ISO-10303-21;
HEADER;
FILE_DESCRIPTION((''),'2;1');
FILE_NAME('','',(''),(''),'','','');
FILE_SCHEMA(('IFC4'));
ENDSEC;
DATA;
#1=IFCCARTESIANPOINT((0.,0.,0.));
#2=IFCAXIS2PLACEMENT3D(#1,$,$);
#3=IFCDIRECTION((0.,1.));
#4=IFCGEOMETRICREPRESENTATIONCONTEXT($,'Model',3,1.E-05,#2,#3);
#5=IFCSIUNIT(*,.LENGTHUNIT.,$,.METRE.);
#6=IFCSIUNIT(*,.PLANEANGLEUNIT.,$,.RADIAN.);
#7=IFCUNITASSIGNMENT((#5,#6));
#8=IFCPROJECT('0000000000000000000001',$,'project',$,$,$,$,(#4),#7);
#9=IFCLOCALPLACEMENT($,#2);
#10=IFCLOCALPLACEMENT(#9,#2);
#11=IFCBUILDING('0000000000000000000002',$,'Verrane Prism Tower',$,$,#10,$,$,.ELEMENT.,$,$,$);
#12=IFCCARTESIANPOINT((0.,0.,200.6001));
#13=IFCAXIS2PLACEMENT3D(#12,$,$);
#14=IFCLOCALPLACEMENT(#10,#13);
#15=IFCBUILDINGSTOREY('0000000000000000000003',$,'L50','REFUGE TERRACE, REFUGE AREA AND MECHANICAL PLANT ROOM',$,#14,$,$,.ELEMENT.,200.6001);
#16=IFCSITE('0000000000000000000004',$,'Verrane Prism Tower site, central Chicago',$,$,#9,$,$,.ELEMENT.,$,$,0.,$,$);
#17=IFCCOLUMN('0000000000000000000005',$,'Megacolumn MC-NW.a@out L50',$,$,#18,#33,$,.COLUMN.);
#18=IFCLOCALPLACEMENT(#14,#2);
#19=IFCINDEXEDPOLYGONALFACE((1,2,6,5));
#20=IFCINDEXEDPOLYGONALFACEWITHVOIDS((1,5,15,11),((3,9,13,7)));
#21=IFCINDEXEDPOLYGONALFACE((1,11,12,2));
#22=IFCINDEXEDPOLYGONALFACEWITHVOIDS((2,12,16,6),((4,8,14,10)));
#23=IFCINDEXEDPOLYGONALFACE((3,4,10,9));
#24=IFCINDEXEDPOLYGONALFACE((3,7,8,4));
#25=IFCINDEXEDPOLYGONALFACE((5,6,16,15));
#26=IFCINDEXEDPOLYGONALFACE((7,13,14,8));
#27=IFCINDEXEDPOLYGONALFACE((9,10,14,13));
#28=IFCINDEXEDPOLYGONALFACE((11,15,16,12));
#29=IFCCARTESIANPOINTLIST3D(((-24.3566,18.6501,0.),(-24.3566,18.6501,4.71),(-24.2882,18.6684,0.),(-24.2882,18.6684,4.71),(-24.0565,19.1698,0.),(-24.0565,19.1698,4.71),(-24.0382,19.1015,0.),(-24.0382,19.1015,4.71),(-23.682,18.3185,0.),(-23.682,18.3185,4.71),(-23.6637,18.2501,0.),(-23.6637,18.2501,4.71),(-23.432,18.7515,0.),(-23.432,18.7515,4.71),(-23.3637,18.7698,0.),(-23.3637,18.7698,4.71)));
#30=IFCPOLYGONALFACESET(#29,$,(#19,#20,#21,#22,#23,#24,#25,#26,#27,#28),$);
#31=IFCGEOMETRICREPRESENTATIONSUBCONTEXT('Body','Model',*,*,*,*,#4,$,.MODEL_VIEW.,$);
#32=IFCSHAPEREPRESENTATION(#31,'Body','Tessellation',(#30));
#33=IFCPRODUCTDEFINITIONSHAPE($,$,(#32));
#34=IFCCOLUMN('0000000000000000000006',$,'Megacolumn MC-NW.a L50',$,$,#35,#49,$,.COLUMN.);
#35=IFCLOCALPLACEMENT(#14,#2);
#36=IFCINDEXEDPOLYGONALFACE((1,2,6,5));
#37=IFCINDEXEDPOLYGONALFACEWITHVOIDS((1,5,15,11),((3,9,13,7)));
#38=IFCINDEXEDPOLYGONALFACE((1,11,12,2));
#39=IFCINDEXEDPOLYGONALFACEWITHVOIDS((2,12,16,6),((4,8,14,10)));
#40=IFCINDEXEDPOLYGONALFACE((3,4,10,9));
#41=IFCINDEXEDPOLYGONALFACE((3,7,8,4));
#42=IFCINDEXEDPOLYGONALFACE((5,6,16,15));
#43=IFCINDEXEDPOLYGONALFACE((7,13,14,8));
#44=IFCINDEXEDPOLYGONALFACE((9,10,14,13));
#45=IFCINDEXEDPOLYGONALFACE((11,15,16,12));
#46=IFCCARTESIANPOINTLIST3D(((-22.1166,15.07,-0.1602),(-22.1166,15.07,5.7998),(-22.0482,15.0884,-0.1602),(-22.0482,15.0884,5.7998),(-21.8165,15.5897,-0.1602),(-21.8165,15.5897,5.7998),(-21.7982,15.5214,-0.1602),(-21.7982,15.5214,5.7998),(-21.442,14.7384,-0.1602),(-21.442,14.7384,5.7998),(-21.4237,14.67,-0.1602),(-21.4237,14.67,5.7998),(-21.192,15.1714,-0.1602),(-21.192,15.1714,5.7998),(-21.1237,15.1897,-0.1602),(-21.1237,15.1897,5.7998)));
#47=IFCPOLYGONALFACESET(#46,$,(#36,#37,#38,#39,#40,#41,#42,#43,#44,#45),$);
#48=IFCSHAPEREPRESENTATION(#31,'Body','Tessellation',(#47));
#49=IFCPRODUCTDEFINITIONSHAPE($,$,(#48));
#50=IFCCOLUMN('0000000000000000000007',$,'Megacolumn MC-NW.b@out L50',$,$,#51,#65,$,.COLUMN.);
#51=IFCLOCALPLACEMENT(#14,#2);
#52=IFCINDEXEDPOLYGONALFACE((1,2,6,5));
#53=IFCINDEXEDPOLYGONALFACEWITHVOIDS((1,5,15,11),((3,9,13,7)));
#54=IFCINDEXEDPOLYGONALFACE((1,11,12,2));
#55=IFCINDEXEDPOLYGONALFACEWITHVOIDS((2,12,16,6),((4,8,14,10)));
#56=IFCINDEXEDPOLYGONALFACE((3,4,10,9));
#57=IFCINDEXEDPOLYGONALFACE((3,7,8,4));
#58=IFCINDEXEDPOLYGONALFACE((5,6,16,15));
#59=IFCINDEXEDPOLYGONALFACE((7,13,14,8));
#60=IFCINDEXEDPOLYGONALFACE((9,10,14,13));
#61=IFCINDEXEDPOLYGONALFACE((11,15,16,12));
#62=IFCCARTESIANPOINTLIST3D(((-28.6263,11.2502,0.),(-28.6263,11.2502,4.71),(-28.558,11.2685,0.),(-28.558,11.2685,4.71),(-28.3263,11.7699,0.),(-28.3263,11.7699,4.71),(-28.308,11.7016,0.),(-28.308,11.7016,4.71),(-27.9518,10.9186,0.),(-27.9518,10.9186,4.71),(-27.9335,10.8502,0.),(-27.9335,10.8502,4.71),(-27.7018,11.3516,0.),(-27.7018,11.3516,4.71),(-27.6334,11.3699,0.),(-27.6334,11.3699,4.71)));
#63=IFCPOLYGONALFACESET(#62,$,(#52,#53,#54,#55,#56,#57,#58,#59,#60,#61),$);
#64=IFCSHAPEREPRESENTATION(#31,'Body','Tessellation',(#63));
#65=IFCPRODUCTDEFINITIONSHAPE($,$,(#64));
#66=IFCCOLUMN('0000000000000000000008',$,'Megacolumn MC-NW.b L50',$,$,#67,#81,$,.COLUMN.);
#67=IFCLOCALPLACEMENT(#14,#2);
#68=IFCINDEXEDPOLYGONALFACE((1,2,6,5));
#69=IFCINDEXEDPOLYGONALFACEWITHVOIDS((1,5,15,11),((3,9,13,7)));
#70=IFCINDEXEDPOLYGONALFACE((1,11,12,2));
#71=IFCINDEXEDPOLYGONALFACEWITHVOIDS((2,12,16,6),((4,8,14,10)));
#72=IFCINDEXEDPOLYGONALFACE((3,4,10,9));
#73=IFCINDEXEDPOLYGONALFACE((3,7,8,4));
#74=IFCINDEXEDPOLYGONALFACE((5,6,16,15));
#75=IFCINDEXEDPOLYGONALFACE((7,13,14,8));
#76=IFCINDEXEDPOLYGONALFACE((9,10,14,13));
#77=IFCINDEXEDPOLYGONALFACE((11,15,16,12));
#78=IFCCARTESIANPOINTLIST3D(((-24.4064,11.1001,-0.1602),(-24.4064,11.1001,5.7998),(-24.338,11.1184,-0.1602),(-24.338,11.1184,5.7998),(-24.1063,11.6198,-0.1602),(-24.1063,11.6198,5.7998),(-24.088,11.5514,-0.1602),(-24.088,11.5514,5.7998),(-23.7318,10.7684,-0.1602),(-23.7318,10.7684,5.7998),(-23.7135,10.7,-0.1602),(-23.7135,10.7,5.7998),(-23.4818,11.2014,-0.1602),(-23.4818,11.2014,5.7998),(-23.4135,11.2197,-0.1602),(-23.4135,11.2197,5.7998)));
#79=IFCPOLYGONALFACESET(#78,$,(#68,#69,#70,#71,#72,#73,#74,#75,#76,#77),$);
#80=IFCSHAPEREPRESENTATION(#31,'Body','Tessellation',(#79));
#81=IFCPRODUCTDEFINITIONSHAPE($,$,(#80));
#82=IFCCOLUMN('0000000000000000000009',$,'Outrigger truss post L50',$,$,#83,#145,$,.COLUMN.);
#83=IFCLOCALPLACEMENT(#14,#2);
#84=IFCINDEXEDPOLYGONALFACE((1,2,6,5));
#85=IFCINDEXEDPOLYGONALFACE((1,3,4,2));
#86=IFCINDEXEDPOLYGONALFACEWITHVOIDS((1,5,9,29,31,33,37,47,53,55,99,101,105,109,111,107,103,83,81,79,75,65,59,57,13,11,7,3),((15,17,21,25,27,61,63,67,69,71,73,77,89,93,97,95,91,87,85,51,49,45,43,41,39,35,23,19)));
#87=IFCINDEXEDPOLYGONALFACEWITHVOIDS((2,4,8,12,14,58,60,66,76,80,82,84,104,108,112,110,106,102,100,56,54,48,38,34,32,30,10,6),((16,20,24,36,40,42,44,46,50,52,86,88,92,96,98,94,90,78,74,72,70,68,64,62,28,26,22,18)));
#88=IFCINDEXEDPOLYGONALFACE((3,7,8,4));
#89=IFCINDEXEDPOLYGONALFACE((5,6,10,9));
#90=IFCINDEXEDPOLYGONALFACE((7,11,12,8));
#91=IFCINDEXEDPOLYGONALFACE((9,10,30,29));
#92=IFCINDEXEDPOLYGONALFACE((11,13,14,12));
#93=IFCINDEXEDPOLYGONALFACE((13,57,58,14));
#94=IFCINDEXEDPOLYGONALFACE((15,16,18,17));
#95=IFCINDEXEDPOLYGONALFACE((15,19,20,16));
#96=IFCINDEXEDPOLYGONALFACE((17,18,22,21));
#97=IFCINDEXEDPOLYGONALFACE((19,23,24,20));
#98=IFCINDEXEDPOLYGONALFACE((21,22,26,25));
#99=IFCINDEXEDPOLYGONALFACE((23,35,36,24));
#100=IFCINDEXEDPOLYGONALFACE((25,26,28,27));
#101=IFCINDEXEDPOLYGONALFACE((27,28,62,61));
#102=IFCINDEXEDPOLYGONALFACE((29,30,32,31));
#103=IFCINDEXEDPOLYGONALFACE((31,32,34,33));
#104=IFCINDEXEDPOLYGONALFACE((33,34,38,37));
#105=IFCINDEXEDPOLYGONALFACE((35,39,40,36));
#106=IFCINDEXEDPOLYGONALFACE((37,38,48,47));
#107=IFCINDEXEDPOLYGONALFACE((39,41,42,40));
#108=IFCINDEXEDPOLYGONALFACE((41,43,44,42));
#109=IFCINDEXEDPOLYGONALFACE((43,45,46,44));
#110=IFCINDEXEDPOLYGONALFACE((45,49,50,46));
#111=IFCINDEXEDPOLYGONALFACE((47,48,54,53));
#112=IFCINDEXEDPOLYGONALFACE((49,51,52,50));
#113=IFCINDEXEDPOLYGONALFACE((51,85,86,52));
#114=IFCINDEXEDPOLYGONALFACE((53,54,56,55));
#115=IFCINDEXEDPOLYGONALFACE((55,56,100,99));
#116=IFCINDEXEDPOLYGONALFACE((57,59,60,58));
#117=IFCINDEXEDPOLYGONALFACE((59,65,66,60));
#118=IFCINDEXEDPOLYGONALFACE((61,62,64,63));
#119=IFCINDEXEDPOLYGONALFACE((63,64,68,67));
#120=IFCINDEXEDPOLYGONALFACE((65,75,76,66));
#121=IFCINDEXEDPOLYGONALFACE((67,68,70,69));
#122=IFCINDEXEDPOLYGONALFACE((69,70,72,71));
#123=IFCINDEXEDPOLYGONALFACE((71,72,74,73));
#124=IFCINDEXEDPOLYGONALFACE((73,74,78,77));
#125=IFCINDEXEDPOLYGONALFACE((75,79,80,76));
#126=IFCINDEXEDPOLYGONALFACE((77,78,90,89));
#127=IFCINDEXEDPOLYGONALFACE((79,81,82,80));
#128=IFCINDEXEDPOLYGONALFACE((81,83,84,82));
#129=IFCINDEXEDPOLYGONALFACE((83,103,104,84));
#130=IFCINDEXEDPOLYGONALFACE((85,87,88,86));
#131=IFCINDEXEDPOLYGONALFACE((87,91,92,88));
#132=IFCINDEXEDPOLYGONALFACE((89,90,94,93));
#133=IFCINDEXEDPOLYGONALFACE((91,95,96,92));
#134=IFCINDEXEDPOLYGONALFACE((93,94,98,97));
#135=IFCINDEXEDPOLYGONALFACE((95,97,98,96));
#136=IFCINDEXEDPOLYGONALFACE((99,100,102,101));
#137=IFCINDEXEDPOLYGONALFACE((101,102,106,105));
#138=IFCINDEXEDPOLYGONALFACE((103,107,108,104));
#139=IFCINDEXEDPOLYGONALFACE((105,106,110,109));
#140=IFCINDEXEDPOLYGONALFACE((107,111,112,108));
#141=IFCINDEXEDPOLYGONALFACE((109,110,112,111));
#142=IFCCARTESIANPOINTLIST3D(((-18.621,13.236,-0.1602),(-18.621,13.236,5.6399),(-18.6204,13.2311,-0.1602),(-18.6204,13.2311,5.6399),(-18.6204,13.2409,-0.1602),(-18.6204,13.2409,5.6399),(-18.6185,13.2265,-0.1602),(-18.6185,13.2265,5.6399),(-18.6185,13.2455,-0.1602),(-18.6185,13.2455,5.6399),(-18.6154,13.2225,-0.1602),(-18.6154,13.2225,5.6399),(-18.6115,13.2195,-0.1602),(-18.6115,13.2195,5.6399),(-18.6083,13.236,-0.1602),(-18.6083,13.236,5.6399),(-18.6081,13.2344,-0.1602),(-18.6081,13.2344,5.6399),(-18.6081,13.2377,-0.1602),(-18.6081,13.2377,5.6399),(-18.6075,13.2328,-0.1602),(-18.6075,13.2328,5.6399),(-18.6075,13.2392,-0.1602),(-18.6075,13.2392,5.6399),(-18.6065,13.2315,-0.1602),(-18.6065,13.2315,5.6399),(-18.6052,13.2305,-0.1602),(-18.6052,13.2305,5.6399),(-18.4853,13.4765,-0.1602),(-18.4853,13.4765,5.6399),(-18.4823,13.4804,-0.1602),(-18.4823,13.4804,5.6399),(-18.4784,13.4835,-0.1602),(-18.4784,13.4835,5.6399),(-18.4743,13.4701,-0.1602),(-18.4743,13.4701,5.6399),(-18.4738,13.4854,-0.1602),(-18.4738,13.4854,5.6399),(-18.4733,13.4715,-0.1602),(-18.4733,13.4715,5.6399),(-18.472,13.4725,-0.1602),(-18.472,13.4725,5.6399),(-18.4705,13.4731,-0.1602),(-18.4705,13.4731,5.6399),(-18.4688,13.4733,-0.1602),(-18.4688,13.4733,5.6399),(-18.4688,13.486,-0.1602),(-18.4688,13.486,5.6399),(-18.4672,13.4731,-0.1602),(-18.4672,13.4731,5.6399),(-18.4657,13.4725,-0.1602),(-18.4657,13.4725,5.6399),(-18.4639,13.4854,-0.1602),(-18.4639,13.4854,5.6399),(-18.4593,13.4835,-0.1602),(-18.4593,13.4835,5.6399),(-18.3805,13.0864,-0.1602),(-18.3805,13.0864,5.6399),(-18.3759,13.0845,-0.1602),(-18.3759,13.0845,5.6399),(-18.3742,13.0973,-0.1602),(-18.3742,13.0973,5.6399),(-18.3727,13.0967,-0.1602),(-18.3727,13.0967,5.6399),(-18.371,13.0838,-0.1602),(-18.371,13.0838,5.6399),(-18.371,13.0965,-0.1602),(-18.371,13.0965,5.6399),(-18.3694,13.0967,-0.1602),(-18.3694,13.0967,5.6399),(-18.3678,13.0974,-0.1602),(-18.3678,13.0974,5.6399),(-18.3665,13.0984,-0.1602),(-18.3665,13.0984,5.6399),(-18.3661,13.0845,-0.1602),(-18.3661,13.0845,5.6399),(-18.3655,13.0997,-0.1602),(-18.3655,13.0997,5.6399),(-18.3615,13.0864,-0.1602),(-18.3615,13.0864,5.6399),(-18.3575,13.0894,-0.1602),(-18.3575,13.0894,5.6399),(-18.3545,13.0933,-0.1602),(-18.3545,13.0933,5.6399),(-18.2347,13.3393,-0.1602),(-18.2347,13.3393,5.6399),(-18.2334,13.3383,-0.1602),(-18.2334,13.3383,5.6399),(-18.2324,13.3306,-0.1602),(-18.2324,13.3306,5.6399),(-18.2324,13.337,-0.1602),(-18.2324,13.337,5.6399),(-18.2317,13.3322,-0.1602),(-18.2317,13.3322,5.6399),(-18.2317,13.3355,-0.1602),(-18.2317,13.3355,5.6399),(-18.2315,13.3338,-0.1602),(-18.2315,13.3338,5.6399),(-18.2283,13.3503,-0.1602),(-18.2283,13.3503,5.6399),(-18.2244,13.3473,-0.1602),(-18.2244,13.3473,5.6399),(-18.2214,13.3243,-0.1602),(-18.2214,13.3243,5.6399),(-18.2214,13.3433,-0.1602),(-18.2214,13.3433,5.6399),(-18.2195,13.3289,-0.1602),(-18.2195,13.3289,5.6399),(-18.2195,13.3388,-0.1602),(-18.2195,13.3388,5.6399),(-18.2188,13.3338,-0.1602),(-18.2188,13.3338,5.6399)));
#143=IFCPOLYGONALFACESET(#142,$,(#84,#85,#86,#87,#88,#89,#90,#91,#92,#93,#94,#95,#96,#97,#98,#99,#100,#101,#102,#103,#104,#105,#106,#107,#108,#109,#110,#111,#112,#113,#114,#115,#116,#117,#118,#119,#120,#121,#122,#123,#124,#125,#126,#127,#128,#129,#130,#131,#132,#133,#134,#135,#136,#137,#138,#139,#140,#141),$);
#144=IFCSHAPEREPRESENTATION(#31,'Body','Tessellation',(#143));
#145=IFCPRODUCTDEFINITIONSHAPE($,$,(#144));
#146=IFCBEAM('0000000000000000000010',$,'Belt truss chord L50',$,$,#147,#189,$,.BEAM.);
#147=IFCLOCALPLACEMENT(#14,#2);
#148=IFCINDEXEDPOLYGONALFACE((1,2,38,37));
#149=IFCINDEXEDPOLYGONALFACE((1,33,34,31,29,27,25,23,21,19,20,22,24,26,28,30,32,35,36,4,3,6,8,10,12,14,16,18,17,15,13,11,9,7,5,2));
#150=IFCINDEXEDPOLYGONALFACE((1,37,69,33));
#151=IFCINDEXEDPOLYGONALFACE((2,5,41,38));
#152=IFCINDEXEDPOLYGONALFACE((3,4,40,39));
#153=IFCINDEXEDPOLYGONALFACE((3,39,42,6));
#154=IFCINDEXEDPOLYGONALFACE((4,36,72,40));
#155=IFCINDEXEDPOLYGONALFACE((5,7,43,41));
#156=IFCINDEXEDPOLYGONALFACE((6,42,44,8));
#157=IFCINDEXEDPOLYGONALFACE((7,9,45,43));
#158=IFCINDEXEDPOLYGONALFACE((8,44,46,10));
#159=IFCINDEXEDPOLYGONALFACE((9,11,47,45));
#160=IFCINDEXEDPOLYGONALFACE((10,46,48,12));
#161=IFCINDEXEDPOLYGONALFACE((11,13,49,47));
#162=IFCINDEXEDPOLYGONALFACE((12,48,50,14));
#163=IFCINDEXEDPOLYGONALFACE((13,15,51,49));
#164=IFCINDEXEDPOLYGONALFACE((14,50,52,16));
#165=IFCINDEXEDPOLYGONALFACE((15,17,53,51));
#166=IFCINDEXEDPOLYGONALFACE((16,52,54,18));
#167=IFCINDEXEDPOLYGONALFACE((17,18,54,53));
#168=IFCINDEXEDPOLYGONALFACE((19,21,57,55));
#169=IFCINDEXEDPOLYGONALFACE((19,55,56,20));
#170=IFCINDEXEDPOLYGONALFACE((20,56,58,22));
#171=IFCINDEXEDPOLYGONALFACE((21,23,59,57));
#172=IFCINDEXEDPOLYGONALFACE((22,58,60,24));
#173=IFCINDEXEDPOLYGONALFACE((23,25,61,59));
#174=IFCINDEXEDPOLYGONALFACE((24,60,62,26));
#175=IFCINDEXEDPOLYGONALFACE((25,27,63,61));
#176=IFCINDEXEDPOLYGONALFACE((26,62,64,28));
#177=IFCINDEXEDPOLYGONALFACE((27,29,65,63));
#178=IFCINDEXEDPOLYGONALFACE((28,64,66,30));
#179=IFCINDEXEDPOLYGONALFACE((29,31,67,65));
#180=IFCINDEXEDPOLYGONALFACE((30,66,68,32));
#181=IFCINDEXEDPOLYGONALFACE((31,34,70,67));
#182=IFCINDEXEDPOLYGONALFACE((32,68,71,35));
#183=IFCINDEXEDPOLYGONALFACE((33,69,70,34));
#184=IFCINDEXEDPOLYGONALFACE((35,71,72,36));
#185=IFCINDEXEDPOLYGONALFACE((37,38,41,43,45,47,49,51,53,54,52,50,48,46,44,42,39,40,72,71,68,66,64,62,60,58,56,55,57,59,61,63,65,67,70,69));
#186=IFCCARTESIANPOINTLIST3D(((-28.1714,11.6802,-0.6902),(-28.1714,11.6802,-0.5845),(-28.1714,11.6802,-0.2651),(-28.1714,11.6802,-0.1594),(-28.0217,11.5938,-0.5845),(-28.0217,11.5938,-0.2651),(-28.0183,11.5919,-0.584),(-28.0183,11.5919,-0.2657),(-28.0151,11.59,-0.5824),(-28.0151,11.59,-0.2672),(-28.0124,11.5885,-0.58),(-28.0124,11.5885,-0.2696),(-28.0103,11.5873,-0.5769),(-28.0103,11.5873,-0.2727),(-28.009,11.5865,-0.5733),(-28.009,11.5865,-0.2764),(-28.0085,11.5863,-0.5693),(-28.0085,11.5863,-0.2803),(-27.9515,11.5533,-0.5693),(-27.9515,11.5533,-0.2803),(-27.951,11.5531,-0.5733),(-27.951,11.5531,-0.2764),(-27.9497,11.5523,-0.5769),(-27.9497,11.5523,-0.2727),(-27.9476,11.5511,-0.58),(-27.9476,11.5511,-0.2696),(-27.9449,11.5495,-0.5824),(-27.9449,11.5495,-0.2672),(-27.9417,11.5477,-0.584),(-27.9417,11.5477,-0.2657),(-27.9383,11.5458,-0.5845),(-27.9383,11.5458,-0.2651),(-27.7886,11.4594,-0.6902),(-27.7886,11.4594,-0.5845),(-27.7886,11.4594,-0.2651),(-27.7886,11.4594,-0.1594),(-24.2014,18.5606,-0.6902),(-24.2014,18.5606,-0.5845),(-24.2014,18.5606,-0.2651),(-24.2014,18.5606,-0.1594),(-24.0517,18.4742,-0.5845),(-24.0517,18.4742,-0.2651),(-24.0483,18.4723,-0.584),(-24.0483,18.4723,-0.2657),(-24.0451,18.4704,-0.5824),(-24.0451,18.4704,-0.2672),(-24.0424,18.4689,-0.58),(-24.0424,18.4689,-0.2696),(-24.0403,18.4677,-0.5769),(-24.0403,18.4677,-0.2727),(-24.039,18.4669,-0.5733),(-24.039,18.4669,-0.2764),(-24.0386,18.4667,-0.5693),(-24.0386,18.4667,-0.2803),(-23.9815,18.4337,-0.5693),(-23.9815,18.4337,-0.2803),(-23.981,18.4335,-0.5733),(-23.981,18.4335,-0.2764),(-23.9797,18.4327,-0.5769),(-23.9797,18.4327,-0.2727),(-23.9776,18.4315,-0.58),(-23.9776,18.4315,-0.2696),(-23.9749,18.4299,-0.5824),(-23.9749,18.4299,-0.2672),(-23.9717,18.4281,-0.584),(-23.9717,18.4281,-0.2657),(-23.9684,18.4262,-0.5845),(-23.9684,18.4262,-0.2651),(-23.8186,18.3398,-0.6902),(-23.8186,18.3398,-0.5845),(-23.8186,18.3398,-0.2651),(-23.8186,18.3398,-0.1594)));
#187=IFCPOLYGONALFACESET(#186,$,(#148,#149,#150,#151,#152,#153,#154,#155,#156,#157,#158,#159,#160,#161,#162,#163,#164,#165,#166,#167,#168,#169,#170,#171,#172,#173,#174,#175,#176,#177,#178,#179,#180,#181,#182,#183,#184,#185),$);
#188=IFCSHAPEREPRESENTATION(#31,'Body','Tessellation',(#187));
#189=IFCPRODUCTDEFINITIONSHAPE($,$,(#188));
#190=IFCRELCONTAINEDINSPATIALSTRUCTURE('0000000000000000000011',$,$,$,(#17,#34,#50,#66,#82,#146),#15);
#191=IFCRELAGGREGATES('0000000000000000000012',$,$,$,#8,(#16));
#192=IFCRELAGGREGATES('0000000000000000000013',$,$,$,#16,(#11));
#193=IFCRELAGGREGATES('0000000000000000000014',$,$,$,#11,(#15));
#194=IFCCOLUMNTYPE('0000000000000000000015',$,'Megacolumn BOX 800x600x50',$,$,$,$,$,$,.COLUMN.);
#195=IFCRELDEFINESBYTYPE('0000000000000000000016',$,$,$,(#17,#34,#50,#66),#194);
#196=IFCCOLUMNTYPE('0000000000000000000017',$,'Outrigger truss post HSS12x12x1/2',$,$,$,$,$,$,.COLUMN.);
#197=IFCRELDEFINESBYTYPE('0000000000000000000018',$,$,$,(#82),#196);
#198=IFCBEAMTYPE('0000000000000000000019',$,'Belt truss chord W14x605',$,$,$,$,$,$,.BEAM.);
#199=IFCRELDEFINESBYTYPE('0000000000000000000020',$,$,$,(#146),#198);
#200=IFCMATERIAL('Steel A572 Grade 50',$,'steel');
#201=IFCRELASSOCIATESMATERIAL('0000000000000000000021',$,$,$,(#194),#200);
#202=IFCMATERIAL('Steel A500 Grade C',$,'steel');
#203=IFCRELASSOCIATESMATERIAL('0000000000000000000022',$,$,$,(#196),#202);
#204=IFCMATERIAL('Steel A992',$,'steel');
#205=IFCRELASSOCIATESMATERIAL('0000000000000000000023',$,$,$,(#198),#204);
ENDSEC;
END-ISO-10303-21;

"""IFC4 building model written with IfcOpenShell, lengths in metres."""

from ifc_helpers import new_model, si_unit, direction, frame, origin, origin_2d, place, context, subcontext, project, spatial, hollow_rectangle, i_section, extrude, material, material_profile, profile_set, type_object, element, save


model = new_model("IFC4")

# Units and contexts
model_context = context("Model", 3, precision=1e-05, world=origin(), true_north=direction((0.0, 1.0)))
body_context = subcontext(model_context, "Body", "Model", "MODEL_VIEW")
ifc_project = project(units=[si_unit("LENGTHUNIT", "METRE"), si_unit("PLANEANGLEUNIT", "RADIAN")], contexts=[model_context])

# Site, building, storey
site_placement = place(None, origin())
site = spatial("IfcSite", under=ifc_project, at=site_placement, Name="Verrane Prism Tower site, central Chicago", CompositionType="ELEMENT", RefElevation=0.0)
building_placement = place(site_placement, origin())
building = spatial("IfcBuilding", under=site, at=building_placement, Name="Verrane Prism Tower", CompositionType="ELEMENT")
storey_placement = place(building_placement, frame((0.0, 0.0, 200.6001)))
storey = spatial("IfcBuildingStorey", under=building, at=storey_placement, Name="L50", Description="REFUGE TERRACE, REFUGE AREA AND MECHANICAL PLANT ROOM", CompositionType="ELEMENT", Elevation=200.6001)

# Columns
ifc_material_1 = material(Name="Steel A572 Grade 50", Category="steel")
ifc_material_profile_1 = material_profile(ifc_material_1, hollow_rectangle(XDim=0.6001, YDim=0.8, WallThickness=0.05, at=origin_2d()), Name="BOX 800x600x50")
ifc_profile_set_1 = profile_set([ifc_material_profile_1], Name="Steel A572 Grade 50")
column_type_1 = type_object("IfcColumnType", Name="Megacolumn BOX 800x600x50", PredefinedType="COLUMN", material=ifc_profile_set_1)
column_1_placement = place(storey_placement, frame((-23.8601, 18.71, 0.0), z_axis=(0.0, 0.0, 1.0), x_axis=(0.5, 0.866025, 0.0)))
element("IfcColumn", 1, at=column_1_placement, inside=storey, type_object=column_type_1, Name="Megacolumn MC-NW.a@out L50", PredefinedType="COLUMN", context=body_context, shape_type="SweptSolid", body=[
    extrude(hollow_rectangle(XDim=0.6001, YDim=0.8, WallThickness=0.05, at=origin_2d()), origin(), (0.0, 0.0, 1.0), 4.71),
])
column_2_placement = place(storey_placement, frame((-21.6201, 15.1299, -0.1602), z_axis=(0.0, 0.0, 1.0), x_axis=(0.5, 0.866025, 0.0)))
element("IfcColumn", 2, at=column_2_placement, inside=storey, type_object=column_type_1, Name="Megacolumn MC-NW.a L50", PredefinedType="COLUMN", context=body_context, shape_type="SweptSolid", body=[
    extrude(hollow_rectangle(XDim=0.6001, YDim=0.8, WallThickness=0.05, at=origin_2d()), origin(), (0.0, 0.0, 1.0), 5.96),
])
column_3_placement = place(storey_placement, frame((-28.1299, 11.3101, 0.0), z_axis=(0.0, 0.0, 1.0), x_axis=(0.5, 0.866025, 0.0)))
element("IfcColumn", 3, at=column_3_placement, inside=storey, type_object=column_type_1, Name="Megacolumn MC-NW.b@out L50", PredefinedType="COLUMN", context=body_context, shape_type="SweptSolid", body=[
    extrude(hollow_rectangle(XDim=0.6001, YDim=0.8, WallThickness=0.05, at=origin_2d()), origin(), (0.0, 0.0, 1.0), 4.71),
])
column_4_placement = place(storey_placement, frame((-23.9099, 11.1599, -0.1602), z_axis=(0.0, 0.0, 1.0), x_axis=(0.5, 0.866025, 0.0)))
element("IfcColumn", 4, at=column_4_placement, inside=storey, type_object=column_type_1, Name="Megacolumn MC-NW.b L50", PredefinedType="COLUMN", context=body_context, shape_type="SweptSolid", body=[
    extrude(hollow_rectangle(XDim=0.6001, YDim=0.8, WallThickness=0.05, at=origin_2d()), origin(), (0.0, 0.0, 1.0), 5.96),
])
ifc_material_2 = material(Name="Steel A500 Grade C", Category="steel")
ifc_material_profile_2 = material_profile(ifc_material_2, hollow_rectangle(XDim=0.3047, YDim=0.3047, WallThickness=0.0127, InnerFilletRadius=0.0063, OuterFilletRadius=0.019, at=origin_2d()), Name="HSS12x12x1/2")
ifc_profile_set_2 = profile_set([ifc_material_profile_2], Name="Steel A500 Grade C")
column_type_2 = type_object("IfcColumnType", Name="Outrigger truss post HSS12x12x1/2", PredefinedType="COLUMN", material=ifc_profile_set_2)
column_5_placement = place(storey_placement, frame((-18.4199, 13.2849, -0.1602), z_axis=(0.0, 0.0, 1.0), x_axis=(-0.499488, -0.866321, 0.0)))
element("IfcColumn", 5, at=column_5_placement, inside=storey, type_object=column_type_2, Name="Outrigger truss post L50", PredefinedType="COLUMN", context=body_context, shape_type="SweptSolid", body=[
    extrude(hollow_rectangle(XDim=0.3047, YDim=0.3047, WallThickness=0.0127, InnerFilletRadius=0.0063, OuterFilletRadius=0.019, at=origin_2d()), origin(), (0.0, 0.0, 1.0), 5.8),
])

# Beam
ifc_material_3 = material(Name="Steel A992", Category="steel")
ifc_material_profile_3 = material_profile(ifc_material_3, i_section(OverallWidth=0.4419, OverallDepth=0.5308, WebThickness=0.0659, FlangeThickness=0.1057, FilletRadius=0.0151, at=origin_2d()), Name="W14x605")
ifc_profile_set_3 = profile_set([ifc_material_profile_3], Name="Steel A992")
beam_type_1 = type_object("IfcBeamType", Name="Belt truss chord W14x605", PredefinedType="BEAM", material=ifc_profile_set_3)
beam_1_placement = place(storey_placement, frame((-24.01, 18.4502, -0.4248), z_axis=(-0.499772, -0.866157, 0.0), x_axis=(0.866157, -0.499772, 0.0)))
element("IfcBeam", 6, at=beam_1_placement, inside=storey, type_object=beam_type_1, Name="Belt truss chord L50", PredefinedType="BEAM", context=body_context, shape_type="SweptSolid", body=[
    extrude(i_section(OverallWidth=0.4419, OverallDepth=0.5308, WebThickness=0.0659, FlangeThickness=0.1057, FilletRadius=0.0151, at=origin_2d()), origin(), (0.0, 0.0, 1.0), 7.9436),
])

save(model, "model.ifc")
